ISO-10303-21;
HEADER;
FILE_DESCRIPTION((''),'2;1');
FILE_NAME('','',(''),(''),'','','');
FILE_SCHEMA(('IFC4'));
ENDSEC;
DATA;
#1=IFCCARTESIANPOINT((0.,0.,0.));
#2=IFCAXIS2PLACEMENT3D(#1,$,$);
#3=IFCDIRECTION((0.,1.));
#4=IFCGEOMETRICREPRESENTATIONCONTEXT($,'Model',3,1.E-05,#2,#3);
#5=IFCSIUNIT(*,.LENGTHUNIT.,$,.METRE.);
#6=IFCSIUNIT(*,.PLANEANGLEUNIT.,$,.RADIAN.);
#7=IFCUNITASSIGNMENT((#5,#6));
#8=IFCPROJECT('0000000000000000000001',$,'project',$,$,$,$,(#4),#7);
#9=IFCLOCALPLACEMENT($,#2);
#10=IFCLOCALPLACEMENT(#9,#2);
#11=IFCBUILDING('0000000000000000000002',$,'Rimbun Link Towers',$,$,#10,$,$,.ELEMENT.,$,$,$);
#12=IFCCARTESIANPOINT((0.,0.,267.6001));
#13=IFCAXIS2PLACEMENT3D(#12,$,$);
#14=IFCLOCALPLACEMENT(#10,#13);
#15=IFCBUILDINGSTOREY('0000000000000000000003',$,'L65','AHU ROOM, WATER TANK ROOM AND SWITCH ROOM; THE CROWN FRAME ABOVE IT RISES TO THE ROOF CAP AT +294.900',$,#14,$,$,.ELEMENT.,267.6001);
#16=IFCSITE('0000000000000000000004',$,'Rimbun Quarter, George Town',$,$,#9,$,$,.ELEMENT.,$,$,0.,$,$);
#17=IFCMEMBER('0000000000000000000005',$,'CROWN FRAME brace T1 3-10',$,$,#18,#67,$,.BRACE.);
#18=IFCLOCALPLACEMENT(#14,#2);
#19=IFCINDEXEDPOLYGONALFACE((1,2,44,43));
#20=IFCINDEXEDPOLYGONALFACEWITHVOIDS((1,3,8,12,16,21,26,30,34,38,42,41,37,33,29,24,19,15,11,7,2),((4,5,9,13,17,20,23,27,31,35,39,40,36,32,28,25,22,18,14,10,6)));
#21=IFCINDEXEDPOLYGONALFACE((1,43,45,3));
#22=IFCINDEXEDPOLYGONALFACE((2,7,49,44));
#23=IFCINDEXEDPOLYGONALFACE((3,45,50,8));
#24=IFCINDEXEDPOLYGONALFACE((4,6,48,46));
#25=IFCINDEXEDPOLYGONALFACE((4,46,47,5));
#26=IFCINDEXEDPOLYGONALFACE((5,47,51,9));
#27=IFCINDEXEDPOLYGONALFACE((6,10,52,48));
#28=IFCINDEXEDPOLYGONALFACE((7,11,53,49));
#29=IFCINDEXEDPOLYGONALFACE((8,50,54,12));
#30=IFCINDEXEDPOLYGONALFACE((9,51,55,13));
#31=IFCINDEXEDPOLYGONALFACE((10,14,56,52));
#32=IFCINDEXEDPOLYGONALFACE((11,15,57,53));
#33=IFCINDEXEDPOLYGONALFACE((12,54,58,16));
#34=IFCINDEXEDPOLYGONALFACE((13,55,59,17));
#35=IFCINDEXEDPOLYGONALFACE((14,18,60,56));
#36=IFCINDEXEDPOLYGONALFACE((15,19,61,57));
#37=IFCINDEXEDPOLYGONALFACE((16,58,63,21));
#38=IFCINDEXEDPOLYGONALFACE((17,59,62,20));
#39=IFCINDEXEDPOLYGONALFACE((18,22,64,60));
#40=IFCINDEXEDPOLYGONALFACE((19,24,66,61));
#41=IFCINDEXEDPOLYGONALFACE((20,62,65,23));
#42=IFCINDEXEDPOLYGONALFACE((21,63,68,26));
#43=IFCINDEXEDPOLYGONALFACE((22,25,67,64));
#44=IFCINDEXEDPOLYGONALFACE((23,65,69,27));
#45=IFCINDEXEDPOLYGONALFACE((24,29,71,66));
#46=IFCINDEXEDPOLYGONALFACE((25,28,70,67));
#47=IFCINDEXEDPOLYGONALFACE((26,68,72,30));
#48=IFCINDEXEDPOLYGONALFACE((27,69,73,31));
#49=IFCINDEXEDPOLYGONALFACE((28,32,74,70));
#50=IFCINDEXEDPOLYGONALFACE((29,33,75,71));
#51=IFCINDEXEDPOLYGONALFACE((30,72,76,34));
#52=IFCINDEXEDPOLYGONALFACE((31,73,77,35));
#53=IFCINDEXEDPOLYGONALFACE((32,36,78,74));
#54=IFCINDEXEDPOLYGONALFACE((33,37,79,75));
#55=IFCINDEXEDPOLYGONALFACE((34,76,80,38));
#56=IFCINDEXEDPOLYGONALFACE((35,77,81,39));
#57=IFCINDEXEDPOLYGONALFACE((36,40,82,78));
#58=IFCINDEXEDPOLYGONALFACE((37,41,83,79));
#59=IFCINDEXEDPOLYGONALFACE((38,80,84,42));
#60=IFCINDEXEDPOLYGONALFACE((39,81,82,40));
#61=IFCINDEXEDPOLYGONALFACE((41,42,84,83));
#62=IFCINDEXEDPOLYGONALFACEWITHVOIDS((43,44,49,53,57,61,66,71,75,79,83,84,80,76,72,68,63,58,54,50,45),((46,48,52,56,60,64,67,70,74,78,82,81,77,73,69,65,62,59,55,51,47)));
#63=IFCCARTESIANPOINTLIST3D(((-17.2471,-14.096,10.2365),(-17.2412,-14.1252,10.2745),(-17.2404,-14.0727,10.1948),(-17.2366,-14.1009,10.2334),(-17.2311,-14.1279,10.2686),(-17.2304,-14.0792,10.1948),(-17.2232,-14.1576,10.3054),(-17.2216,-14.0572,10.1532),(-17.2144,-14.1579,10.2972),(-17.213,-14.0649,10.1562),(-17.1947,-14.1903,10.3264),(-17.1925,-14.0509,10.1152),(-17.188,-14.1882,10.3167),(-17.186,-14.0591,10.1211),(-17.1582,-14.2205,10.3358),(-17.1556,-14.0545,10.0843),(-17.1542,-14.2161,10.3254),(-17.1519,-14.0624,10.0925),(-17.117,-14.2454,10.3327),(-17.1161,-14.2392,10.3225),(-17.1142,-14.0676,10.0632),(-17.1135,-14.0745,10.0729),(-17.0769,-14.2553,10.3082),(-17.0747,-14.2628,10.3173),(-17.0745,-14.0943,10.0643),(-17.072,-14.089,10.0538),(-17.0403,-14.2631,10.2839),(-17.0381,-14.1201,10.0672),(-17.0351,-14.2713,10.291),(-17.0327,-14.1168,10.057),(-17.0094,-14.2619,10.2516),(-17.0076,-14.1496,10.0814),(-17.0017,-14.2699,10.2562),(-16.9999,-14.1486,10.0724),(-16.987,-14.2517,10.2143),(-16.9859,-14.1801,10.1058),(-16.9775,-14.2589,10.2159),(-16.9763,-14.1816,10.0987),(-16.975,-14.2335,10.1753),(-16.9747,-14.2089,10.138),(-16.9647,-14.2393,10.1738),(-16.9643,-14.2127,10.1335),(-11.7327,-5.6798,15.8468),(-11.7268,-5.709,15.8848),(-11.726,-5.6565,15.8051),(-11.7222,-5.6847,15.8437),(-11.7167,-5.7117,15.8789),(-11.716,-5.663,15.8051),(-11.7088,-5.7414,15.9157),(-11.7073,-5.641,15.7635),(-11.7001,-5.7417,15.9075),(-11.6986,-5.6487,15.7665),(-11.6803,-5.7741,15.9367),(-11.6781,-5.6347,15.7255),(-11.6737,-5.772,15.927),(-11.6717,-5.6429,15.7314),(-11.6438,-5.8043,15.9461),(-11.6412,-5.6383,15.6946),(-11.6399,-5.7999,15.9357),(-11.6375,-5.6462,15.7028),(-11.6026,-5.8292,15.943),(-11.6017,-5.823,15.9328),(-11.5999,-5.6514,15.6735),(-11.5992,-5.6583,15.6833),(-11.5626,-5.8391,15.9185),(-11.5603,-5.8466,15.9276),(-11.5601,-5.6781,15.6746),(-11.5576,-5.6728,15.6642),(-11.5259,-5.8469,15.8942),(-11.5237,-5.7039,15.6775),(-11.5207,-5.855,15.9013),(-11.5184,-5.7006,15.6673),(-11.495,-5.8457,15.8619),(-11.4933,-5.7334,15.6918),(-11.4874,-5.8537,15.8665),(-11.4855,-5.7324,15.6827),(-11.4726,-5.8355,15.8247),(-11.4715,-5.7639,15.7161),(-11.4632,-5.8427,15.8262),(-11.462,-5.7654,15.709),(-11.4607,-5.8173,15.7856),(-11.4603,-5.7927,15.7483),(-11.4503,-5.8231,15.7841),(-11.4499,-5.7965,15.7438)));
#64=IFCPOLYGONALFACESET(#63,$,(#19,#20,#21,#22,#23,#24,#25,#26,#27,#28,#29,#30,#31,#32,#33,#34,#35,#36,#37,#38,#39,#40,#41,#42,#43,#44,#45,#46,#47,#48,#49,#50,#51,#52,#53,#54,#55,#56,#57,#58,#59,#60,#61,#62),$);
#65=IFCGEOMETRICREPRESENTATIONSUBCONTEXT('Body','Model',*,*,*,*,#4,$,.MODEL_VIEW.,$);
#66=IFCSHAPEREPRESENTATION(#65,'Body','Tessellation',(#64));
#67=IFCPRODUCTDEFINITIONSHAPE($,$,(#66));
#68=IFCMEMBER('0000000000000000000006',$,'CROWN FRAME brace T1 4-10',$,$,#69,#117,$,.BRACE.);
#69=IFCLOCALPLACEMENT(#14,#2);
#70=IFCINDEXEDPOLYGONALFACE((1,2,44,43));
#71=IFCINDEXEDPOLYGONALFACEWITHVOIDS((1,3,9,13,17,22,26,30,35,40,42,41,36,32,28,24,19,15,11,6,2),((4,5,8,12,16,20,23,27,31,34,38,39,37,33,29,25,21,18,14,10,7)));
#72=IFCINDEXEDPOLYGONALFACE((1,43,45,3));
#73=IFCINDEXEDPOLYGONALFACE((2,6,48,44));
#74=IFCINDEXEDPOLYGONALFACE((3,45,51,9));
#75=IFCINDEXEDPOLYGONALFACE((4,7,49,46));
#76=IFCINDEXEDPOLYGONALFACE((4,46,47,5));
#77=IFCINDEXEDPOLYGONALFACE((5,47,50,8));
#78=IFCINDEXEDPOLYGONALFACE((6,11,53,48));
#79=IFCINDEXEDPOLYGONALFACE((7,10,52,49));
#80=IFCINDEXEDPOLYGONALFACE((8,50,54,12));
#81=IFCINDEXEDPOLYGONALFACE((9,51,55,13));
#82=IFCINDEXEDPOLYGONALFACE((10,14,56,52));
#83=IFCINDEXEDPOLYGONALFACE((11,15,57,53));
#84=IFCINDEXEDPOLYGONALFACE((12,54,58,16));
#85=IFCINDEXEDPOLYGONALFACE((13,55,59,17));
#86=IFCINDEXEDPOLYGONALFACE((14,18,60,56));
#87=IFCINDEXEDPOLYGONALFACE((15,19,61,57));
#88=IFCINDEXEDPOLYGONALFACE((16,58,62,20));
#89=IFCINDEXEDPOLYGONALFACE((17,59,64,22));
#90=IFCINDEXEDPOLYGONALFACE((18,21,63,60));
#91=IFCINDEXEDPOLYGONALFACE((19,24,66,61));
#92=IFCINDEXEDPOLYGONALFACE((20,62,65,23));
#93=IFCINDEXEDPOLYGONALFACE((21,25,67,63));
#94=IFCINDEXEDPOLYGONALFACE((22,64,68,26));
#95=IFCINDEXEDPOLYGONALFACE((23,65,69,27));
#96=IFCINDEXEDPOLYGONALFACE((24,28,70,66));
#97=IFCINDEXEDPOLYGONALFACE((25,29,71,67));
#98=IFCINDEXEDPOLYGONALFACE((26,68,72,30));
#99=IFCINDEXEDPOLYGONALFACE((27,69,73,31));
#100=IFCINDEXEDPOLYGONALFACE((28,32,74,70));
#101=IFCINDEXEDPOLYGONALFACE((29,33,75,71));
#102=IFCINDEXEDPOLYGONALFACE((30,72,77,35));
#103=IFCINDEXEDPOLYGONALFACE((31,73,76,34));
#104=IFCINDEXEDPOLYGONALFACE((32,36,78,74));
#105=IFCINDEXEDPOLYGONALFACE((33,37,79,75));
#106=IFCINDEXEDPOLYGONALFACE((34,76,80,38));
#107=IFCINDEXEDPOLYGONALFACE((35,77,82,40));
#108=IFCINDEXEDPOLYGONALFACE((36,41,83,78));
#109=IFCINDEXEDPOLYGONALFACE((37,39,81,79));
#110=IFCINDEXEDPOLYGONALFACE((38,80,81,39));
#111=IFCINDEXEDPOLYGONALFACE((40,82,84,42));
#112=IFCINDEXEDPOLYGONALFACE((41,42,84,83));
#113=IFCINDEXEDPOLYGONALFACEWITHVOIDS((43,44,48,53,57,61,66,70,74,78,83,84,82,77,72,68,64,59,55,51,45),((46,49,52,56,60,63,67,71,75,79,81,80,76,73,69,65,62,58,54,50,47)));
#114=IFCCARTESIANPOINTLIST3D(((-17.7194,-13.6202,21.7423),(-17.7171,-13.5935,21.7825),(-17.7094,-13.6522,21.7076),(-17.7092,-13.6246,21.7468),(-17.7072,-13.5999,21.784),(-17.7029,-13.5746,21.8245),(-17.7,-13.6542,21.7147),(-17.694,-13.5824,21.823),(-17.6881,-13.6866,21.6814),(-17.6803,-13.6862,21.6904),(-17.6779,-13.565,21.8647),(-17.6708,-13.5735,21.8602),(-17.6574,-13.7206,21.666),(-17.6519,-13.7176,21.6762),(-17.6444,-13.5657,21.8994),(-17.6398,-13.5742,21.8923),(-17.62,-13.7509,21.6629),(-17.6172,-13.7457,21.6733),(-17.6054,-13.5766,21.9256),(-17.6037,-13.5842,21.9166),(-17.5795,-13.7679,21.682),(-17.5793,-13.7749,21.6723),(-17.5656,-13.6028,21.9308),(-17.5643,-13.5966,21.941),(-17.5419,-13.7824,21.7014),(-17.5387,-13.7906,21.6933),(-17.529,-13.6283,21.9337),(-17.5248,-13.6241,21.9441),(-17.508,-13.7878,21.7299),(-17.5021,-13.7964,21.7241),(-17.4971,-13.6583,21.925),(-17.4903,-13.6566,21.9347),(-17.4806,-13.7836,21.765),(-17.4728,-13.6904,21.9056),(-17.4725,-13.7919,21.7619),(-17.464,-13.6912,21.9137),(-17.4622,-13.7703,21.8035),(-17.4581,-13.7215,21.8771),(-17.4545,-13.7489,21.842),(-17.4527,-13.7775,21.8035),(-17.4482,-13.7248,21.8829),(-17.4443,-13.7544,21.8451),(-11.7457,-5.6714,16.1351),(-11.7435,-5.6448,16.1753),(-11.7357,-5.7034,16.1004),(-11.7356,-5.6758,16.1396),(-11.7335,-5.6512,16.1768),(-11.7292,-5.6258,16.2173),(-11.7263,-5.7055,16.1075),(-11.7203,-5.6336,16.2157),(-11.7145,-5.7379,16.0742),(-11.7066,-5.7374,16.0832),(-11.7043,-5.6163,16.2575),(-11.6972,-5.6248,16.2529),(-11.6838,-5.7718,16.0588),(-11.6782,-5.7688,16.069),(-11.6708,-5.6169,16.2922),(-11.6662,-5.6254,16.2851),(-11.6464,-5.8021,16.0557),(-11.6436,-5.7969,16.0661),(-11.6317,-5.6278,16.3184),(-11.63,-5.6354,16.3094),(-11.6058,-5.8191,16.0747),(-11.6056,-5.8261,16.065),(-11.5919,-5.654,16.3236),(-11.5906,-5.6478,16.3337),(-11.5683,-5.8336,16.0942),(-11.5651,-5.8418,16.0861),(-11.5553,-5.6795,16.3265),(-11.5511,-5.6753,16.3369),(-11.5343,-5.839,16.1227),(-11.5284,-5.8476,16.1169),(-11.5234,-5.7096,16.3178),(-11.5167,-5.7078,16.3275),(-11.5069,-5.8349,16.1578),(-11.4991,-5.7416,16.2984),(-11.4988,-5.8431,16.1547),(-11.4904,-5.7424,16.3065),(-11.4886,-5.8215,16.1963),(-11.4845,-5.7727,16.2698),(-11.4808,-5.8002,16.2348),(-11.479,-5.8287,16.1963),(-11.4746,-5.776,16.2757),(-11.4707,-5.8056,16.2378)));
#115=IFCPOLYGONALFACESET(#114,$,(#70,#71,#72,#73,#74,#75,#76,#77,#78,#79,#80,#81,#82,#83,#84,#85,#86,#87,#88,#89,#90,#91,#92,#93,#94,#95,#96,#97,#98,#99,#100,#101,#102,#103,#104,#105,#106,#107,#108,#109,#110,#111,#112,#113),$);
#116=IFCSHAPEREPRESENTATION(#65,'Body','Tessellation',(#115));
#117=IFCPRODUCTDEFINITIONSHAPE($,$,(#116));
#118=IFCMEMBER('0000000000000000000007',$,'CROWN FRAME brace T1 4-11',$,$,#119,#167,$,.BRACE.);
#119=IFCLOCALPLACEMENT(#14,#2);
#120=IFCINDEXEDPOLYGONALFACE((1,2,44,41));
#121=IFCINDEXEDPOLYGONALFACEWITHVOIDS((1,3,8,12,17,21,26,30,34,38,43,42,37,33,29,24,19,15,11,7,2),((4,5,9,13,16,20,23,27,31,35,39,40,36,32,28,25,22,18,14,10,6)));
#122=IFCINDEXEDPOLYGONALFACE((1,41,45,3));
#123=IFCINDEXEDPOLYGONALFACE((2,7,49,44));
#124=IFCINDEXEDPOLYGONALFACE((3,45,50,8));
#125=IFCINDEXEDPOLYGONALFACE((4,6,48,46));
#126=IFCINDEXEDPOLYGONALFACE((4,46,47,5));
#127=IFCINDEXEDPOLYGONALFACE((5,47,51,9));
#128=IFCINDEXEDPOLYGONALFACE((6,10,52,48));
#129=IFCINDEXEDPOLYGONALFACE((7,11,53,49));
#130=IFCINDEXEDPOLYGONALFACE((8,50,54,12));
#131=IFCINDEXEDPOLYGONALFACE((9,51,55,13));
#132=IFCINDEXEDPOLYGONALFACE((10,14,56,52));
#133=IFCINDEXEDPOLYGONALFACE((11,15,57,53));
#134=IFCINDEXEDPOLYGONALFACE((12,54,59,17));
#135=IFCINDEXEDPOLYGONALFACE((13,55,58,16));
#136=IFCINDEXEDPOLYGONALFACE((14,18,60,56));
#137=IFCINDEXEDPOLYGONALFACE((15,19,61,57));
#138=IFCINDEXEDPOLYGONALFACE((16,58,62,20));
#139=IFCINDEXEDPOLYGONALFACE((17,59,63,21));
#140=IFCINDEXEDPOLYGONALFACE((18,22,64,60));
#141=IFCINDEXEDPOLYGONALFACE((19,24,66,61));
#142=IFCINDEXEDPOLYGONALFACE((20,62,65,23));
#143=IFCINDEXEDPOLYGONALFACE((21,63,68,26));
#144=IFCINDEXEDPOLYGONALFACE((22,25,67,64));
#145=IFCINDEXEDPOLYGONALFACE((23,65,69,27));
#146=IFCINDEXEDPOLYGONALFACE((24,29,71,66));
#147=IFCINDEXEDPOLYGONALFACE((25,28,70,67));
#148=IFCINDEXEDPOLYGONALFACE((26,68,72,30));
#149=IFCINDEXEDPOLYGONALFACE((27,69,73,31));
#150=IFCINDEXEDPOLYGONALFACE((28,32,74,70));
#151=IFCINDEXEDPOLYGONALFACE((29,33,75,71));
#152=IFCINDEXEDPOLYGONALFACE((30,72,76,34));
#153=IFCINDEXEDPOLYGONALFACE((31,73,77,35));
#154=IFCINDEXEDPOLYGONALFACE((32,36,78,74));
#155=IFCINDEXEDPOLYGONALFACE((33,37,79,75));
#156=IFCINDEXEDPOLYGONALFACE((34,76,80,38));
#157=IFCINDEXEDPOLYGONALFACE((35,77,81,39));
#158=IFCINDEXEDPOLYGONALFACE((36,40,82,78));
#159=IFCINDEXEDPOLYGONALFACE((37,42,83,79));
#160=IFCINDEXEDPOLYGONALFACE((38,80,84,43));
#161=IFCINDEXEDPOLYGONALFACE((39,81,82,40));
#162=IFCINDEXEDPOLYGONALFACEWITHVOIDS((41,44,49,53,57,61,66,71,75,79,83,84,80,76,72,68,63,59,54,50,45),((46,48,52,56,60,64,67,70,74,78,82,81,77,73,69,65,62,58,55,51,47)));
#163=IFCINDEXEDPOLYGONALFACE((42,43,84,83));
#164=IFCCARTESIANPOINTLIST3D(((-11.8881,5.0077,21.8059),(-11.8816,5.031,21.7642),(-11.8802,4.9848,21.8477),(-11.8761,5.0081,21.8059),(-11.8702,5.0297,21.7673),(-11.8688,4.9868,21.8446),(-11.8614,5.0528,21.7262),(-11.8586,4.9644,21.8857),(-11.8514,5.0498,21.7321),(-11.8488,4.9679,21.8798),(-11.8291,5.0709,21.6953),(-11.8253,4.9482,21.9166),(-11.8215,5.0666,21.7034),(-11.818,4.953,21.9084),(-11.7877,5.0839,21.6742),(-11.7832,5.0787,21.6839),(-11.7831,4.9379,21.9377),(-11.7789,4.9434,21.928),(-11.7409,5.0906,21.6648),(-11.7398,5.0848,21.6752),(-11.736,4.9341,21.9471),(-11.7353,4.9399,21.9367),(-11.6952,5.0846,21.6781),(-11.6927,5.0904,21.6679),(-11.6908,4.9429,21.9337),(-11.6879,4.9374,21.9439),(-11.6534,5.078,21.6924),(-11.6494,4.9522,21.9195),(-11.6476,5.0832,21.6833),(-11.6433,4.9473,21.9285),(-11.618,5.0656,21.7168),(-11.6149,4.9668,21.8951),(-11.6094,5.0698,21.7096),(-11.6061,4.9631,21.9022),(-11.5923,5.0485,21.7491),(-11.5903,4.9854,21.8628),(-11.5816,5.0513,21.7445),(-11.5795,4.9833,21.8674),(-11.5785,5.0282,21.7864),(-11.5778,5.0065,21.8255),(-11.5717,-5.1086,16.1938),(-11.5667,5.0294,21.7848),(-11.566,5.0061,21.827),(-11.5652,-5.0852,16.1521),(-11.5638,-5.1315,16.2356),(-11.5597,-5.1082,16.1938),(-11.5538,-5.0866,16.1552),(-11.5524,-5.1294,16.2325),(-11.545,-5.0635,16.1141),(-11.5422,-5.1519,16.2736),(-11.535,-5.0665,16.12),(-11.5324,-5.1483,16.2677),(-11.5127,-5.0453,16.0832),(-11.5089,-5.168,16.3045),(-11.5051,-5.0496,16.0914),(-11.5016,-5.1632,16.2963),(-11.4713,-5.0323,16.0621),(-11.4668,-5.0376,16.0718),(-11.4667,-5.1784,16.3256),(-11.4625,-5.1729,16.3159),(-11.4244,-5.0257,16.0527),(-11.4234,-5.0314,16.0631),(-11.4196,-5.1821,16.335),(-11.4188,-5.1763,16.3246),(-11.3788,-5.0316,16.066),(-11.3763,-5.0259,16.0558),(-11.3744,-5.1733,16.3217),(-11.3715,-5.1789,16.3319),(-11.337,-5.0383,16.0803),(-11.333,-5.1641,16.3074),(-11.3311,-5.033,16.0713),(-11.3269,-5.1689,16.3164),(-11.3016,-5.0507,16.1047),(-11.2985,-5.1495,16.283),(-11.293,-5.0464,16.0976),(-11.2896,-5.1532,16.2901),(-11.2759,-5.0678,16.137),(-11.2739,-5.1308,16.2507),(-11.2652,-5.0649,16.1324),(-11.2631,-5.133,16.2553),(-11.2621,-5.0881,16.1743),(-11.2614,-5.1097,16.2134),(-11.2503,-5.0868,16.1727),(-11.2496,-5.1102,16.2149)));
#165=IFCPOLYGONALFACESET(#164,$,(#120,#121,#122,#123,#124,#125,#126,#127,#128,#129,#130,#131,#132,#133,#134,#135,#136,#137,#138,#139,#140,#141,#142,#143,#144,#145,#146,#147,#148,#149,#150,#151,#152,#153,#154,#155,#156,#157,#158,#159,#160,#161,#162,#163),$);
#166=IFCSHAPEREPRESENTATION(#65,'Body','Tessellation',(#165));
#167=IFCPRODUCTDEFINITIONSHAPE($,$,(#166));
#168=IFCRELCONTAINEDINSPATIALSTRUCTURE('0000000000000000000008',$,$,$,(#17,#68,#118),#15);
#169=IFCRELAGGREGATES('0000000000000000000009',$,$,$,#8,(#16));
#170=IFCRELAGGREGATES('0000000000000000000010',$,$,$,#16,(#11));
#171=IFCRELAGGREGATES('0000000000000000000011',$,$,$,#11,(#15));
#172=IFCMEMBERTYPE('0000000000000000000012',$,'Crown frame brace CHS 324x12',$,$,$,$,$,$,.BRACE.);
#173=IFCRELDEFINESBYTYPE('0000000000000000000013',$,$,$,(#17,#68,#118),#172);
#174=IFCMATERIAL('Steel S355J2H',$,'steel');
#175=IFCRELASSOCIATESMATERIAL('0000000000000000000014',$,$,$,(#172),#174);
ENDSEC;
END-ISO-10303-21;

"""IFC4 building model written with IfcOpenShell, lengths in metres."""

from ifc_helpers import new_model, si_unit, direction, frame, origin, origin_2d, place, context, subcontext, project, spatial, hollow_circle, extrude, material, material_profile, profile_set, type_object, element, save


model = new_model("IFC4")

# Units and contexts
model_context = context("Model", 3, precision=1e-05, world=origin(), true_north=direction((0.0, 1.0)))
body_context = subcontext(model_context, "Body", "Model", "MODEL_VIEW")
ifc_project = project(units=[si_unit("LENGTHUNIT", "METRE"), si_unit("PLANEANGLEUNIT", "RADIAN")], contexts=[model_context])

# Site, building, storey
site_placement = place(None, origin())
site = spatial("IfcSite", under=ifc_project, at=site_placement, Name="Rimbun Quarter, George Town", CompositionType="ELEMENT", RefElevation=0.0)
building_placement = place(site_placement, origin())
building = spatial("IfcBuilding", under=site, at=building_placement, Name="Rimbun Link Towers", CompositionType="ELEMENT")
storey_placement = place(building_placement, frame((0.0, 0.0, 267.6001)))
storey = spatial("IfcBuildingStorey", under=building, at=storey_placement, Name="L65", Description="AHU ROOM, WATER TANK ROOM AND SWITCH ROOM; THE CROWN FRAME ABOVE IT RISES TO THE ROOF CAP AT +294.900", CompositionType="ELEMENT", Elevation=267.6001)

# Members
ifc_material_1 = material(Name="Steel S355J2H", Category="steel")
ifc_material_profile_1 = material_profile(ifc_material_1, hollow_circle(Radius=0.1619, WallThickness=0.012, at=origin_2d()), Name="Crown frame brace CHS 324x12")
ifc_profile_set_1 = profile_set([ifc_material_profile_1], Name="Steel S355J2H")
member_type_1 = type_object("IfcMemberType", Name="Crown frame brace CHS 324x12", PredefinedType="BRACE", material=ifc_profile_set_1)
member_1_placement = place(storey_placement, frame((-17.105, -14.1614, 10.1948), z_axis=(0.478667, 0.730557, 0.486996), x_axis=(-0.836447, 0.548047, 0.0)))
element("IfcMember", 1, at=member_1_placement, inside=storey, type_object=member_type_1, Name="CROWN FRAME brace T1 3-10", PredefinedType="BRACE", context=body_context, shape_type="SweptSolid", body=[
    extrude(hollow_circle(Radius=0.1619, WallThickness=0.012, at=origin_2d()), origin(), (0.0, 0.0, 1.0), 11.5203),
])
member_2_placement = place(storey_placement, frame((-11.6084, -5.7314, 16.1963), z_axis=(-0.523305, -0.696328, 0.491202), x_axis=(0.799416, -0.600778, 0.0)))
element("IfcMember", 2, at=member_2_placement, inside=storey, type_object=member_type_1, Name="CROWN FRAME brace T1 4-10", PredefinedType="BRACE", context=body_context, shape_type="SweptSolid", body=[
    extrude(hollow_circle(Radius=0.1619, WallThickness=0.012, at=origin_2d()), origin(), (0.0, 0.0, 1.0), 11.4153),
])
member_3_placement = place(storey_placement, frame((-11.4099, -5.1035, 16.1938), z_axis=(-0.02734, 0.874126, 0.484929), x_axis=(-0.999511, -0.031262, 0.0)))
element("IfcMember", 3, at=member_3_placement, inside=storey, type_object=member_type_1, Name="CROWN FRAME brace T1 4-11", PredefinedType="BRACE", context=body_context, shape_type="SweptSolid", body=[
    extrude(hollow_circle(Radius=0.1619, WallThickness=0.012, at=origin_2d()), origin(), (0.0, 0.0, 1.0), 11.573),
])

save(model, "model.ifc")
